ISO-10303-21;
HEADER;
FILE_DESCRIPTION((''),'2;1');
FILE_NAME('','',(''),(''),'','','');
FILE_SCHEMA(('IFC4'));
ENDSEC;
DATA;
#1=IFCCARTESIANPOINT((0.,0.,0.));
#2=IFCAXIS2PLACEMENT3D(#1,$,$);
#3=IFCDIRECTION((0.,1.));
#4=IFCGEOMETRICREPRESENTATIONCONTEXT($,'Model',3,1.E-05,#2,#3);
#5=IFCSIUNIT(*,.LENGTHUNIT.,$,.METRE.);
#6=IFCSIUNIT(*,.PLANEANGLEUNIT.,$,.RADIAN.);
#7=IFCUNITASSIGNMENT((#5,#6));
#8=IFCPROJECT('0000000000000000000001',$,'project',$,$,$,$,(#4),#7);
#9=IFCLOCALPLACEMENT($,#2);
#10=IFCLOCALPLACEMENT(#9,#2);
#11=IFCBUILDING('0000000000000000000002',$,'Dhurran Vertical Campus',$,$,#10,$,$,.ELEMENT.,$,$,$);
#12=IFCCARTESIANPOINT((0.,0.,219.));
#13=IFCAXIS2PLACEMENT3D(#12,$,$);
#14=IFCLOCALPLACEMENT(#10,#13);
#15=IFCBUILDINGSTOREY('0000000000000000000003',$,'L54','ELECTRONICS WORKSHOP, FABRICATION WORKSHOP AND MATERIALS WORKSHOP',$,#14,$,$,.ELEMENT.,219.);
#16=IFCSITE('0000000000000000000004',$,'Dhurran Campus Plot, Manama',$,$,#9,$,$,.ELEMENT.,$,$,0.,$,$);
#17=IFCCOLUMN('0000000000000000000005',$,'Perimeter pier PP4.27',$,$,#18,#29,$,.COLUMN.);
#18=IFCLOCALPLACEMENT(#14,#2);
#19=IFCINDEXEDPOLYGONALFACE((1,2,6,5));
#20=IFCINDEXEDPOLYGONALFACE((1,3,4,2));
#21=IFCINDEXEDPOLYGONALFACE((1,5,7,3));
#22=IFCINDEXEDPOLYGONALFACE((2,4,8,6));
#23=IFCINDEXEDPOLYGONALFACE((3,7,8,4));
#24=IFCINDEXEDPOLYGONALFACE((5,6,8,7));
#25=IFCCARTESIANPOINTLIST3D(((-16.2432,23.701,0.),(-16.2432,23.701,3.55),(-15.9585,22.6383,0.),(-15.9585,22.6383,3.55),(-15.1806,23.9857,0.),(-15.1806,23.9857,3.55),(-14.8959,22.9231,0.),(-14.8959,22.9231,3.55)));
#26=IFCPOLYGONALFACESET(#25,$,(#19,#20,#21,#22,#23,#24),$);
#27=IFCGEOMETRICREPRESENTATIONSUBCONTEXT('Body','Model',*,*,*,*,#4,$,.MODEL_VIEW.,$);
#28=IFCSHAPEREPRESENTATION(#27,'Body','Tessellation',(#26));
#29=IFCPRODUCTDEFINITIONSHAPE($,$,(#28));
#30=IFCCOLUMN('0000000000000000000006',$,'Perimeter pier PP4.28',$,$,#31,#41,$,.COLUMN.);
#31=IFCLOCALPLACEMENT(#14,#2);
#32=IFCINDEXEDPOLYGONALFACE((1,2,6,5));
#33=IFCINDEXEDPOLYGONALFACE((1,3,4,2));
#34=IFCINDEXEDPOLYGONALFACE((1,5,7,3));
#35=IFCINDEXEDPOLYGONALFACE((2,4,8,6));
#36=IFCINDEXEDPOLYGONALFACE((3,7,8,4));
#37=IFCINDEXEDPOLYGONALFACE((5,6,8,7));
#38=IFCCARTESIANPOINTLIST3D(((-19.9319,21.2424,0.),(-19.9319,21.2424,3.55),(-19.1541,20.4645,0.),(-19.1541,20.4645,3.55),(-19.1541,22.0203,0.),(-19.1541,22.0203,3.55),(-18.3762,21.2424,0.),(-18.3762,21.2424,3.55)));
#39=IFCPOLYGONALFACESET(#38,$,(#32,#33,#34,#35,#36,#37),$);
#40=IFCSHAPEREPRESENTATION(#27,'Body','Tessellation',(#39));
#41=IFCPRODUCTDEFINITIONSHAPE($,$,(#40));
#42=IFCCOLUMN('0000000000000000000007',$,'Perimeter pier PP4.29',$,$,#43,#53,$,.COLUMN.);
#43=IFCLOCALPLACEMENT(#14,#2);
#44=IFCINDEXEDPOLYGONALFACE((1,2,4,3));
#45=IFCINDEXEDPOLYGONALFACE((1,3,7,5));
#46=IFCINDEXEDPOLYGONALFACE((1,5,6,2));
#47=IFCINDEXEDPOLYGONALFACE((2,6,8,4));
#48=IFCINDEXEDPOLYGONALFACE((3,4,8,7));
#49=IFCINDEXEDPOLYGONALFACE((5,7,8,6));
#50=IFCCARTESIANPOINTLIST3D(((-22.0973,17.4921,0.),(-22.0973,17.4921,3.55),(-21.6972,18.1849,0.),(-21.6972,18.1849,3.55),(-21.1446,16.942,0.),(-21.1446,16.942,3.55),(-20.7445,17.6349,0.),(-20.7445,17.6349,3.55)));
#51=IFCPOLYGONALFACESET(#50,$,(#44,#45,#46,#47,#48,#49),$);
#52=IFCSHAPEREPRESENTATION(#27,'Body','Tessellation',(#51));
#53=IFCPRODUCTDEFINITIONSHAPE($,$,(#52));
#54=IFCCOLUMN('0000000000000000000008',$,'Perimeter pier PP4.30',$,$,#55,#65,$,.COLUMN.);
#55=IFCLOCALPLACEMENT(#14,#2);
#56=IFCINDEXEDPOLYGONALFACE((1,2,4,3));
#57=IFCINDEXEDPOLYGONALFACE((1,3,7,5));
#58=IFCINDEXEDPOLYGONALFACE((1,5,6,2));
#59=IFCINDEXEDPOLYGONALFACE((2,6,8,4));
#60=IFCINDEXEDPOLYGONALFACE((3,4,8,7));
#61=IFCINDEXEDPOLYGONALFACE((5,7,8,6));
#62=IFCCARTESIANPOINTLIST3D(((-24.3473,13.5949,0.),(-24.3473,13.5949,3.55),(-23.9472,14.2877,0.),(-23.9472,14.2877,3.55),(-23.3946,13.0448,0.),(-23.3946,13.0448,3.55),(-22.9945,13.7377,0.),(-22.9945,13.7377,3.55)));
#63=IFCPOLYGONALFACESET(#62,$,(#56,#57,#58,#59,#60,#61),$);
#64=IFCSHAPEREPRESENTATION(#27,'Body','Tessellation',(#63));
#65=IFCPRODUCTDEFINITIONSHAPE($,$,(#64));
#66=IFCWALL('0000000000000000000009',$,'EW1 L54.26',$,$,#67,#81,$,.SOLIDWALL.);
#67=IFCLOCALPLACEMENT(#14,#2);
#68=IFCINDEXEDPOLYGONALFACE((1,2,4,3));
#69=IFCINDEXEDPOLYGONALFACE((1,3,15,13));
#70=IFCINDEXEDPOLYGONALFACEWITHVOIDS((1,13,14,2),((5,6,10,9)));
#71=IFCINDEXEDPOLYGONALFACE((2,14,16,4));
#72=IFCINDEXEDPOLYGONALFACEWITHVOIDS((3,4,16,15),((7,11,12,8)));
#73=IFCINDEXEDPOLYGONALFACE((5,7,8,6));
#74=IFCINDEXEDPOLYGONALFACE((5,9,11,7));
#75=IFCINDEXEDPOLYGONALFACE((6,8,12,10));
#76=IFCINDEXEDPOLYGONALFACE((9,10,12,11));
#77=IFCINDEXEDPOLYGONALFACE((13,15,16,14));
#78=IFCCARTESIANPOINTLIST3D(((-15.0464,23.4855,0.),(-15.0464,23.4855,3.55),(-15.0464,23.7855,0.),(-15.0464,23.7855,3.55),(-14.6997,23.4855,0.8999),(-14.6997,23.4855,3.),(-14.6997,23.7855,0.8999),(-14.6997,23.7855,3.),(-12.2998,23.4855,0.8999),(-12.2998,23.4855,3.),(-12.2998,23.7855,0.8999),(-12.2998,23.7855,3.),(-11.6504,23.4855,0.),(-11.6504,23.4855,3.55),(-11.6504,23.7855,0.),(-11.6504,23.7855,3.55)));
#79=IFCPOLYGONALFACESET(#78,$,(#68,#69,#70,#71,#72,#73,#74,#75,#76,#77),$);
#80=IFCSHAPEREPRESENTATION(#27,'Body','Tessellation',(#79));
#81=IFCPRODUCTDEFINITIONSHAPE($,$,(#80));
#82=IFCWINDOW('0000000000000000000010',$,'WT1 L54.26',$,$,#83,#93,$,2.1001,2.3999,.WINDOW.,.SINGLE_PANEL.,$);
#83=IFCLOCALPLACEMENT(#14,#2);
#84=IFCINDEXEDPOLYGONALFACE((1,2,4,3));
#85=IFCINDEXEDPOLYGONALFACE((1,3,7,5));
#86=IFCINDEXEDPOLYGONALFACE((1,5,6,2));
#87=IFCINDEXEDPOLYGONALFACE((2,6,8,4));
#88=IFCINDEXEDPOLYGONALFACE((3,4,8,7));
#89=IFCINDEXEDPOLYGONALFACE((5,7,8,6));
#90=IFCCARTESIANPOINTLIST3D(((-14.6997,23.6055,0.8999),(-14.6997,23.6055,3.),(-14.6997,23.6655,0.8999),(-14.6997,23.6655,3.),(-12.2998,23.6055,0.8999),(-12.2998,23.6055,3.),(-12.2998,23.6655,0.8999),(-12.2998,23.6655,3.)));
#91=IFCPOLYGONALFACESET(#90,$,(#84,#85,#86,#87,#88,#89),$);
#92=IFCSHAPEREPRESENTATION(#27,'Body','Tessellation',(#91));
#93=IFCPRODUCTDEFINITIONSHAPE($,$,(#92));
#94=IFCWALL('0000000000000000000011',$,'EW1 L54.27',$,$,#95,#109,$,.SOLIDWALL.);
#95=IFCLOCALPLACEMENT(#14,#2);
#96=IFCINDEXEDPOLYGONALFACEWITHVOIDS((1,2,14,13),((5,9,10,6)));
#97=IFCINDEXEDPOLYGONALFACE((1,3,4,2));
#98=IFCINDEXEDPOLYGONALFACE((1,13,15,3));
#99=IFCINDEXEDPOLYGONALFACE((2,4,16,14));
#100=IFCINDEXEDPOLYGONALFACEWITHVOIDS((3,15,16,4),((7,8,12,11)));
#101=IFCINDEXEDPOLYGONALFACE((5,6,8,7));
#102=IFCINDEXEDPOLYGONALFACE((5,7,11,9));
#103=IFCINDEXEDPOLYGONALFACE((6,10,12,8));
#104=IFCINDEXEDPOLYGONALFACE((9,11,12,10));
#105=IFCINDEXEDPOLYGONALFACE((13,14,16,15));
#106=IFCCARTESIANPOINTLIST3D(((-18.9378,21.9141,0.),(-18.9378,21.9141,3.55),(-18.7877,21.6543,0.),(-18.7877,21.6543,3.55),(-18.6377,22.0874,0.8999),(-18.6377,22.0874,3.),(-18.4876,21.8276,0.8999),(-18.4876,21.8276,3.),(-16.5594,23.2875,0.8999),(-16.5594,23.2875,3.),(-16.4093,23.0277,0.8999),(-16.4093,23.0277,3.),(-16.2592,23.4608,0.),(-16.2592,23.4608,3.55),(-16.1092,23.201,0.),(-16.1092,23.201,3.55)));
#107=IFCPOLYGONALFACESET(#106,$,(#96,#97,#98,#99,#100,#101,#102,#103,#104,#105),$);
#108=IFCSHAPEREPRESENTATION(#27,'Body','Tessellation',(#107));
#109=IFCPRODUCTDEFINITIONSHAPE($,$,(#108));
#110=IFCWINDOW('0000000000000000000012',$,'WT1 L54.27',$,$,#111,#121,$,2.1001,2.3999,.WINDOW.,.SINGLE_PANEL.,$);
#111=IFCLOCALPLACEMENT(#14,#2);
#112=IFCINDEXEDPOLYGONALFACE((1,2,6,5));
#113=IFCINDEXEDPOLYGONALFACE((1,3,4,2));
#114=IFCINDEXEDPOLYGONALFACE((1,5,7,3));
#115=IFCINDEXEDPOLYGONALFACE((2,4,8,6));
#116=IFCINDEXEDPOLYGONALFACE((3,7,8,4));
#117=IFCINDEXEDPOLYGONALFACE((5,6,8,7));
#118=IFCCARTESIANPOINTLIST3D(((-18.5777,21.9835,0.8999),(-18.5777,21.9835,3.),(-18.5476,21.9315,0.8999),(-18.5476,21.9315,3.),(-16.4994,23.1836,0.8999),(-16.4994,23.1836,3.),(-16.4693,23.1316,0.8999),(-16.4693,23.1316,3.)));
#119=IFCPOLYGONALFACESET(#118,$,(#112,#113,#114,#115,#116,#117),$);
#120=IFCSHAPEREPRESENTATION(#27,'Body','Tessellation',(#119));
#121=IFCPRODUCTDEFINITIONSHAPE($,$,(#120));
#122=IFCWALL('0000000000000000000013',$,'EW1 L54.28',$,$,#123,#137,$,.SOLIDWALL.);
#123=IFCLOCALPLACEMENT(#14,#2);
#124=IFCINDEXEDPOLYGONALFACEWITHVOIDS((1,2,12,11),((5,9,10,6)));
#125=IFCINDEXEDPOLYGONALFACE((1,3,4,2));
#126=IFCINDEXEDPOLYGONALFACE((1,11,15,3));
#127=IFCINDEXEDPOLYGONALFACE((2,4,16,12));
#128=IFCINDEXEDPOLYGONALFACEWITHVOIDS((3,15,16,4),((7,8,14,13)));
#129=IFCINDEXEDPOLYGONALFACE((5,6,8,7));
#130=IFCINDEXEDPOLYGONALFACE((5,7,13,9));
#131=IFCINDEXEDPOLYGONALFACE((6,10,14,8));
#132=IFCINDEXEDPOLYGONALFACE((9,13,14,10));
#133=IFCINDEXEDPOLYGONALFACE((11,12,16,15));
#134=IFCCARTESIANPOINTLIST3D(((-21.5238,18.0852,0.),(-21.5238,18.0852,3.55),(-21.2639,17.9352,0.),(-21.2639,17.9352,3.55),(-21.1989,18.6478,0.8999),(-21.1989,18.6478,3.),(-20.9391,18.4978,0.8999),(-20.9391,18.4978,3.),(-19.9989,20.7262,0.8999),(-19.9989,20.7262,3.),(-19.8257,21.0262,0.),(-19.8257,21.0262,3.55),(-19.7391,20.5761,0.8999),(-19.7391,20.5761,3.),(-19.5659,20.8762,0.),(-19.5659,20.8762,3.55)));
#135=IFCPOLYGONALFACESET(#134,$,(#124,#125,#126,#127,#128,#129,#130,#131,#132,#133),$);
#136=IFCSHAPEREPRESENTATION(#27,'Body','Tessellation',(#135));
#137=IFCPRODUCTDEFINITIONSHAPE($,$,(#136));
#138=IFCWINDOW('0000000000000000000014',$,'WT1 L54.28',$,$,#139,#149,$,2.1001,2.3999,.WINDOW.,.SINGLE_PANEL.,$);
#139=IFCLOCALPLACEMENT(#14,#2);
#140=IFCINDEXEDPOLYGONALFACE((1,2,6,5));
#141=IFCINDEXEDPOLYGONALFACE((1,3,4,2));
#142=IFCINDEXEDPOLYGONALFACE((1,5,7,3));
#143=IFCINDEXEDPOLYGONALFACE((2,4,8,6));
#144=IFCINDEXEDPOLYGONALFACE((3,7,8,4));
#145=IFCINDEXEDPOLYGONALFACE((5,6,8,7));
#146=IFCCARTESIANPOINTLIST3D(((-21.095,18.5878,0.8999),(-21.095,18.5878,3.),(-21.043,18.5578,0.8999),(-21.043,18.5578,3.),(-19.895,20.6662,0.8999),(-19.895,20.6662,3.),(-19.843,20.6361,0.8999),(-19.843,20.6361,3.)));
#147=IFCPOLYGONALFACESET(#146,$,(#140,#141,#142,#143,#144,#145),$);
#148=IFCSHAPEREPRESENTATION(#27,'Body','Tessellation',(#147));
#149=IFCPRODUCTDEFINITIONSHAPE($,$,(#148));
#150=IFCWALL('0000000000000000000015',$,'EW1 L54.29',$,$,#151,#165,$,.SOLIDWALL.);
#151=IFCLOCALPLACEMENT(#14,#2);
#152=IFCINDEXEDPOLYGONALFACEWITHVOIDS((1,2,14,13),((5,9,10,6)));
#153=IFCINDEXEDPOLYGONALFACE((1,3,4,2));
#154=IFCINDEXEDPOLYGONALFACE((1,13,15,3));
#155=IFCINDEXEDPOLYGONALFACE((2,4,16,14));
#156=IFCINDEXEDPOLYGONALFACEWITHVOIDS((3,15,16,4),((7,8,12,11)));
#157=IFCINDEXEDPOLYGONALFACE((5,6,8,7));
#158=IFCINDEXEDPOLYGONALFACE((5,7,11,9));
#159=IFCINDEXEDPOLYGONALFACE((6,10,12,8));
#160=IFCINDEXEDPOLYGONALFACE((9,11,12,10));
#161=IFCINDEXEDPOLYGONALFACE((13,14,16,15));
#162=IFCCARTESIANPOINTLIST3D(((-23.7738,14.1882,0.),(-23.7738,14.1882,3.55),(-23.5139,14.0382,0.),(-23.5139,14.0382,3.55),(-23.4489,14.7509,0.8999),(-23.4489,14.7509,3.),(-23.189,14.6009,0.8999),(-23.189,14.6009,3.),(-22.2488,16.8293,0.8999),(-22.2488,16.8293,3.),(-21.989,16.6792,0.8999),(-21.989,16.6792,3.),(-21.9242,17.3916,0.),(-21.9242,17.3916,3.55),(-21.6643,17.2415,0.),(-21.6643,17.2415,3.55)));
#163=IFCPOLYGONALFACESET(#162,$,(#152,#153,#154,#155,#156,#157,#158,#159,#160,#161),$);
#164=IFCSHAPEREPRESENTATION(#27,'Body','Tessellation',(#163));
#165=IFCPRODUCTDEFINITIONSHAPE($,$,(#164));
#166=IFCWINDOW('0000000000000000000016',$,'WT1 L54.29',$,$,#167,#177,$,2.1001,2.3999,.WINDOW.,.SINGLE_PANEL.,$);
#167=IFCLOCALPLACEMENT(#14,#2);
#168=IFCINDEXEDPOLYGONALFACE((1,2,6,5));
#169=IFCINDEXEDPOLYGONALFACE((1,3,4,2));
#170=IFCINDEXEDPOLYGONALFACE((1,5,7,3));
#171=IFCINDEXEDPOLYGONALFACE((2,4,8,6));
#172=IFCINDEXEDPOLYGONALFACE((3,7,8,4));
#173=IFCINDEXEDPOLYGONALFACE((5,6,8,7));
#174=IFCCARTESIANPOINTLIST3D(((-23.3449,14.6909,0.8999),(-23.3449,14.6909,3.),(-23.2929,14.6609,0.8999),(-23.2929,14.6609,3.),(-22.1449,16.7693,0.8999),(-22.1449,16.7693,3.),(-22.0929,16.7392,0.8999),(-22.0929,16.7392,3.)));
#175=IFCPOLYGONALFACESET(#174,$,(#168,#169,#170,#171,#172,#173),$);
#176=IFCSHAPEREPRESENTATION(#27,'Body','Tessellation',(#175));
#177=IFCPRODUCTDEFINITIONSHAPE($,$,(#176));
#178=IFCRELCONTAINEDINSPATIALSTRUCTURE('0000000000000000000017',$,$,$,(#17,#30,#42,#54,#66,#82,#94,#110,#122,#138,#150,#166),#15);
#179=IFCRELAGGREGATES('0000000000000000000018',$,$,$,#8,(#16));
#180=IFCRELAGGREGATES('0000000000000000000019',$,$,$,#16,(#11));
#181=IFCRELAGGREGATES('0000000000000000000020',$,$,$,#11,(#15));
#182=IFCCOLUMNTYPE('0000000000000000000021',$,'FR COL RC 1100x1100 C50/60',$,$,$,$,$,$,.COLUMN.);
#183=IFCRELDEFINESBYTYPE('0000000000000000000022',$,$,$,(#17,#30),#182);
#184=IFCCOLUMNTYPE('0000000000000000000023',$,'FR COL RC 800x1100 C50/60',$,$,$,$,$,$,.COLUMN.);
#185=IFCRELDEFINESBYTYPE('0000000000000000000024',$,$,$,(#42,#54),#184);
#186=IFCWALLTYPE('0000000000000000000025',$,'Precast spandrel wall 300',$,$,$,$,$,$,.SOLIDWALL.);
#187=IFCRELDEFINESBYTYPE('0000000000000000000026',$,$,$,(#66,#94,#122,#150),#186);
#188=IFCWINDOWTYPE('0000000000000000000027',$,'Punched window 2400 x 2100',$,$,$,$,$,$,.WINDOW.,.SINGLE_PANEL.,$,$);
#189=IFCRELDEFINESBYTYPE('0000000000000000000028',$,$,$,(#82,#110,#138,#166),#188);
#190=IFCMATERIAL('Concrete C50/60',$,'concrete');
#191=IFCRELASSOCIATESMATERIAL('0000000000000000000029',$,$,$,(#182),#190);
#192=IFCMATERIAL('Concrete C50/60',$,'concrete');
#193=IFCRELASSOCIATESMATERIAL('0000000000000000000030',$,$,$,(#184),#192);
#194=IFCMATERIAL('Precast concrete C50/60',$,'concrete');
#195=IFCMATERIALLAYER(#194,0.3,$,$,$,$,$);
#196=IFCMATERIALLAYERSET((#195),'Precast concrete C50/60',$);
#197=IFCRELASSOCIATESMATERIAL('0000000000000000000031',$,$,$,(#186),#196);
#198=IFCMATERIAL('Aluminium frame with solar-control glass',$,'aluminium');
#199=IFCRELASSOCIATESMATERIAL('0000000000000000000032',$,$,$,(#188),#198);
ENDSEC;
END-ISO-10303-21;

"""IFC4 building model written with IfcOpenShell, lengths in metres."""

from ifc_helpers import new_model, si_unit, direction, frame, frame_2d, origin, origin_2d, place, context, subcontext, project, spatial, rectangle, extrude, material, layer, layer_set, material_profile, profile_set, type_object, element, fill, save


model = new_model("IFC4")

# Units and contexts
model_context = context("Model", 3, precision=1e-05, world=origin(), true_north=direction((0.0, 1.0)))
body_context = subcontext(model_context, "Body", "Model", "MODEL_VIEW")
ifc_project = project(units=[si_unit("LENGTHUNIT", "METRE"), si_unit("PLANEANGLEUNIT", "RADIAN")], contexts=[model_context])

# Site, building, storey
site_placement = place(None, origin())
site = spatial("IfcSite", under=ifc_project, at=site_placement, Name="Dhurran Campus Plot, Manama", CompositionType="ELEMENT", RefElevation=0.0)
building_placement = place(site_placement, origin())
building = spatial("IfcBuilding", under=site, at=building_placement, Name="Dhurran Vertical Campus", CompositionType="ELEMENT")
storey_placement = place(building_placement, frame((0.0, 0.0, 219.0)))
storey = spatial("IfcBuildingStorey", under=building, at=storey_placement, Name="L54", Description="ELECTRONICS WORKSHOP, FABRICATION WORKSHOP AND MATERIALS WORKSHOP", CompositionType="ELEMENT", Elevation=219.0)

# Columns
ifc_material_1 = material(Name="Concrete C50/60", Category="concrete")
ifc_material_profile_1 = material_profile(ifc_material_1, rectangle(XDim=1.1001, YDim=1.1001, at=origin_2d()), Name="RC 1100x1100")
ifc_profile_set_1 = profile_set([ifc_material_profile_1], Name="Concrete C50/60")
column_type_1 = type_object("IfcColumnType", Name="FR COL RC 1100x1100 C50/60", PredefinedType="COLUMN", material=ifc_profile_set_1)
for number, where, z_axis, x_axis, name in (
    (1, (-15.5696, 23.312, 0.0), (0.0, 0.0, 1.0), (-0.965926, -0.258819, 0.0), "Perimeter pier PP4.27"),
    (2, (-19.1541, 21.2424, 0.0), (0.0, 0.0, 1.0), (-0.707107, -0.707107, 0.0), "Perimeter pier PP4.28"),
):
    element("IfcColumn", number, at=place(storey_placement, frame(where, z_axis=z_axis, x_axis=x_axis)), inside=storey, type_object=column_type_1, Name=name, PredefinedType="COLUMN", context=body_context, shape_type="SweptSolid", body=[
        extrude(rectangle(XDim=1.1001, YDim=1.1001, at=origin_2d()), origin(), (0.0, 0.0, 1.0), 3.55),
    ])
ifc_material_2 = material(Name="Concrete C50/60", Category="concrete")
ifc_material_profile_2 = material_profile(ifc_material_2, rectangle(XDim=0.8, YDim=1.1001, at=origin_2d()), Name="RC 800x1100")
ifc_profile_set_2 = profile_set([ifc_material_profile_2], Name="Concrete C50/60")
column_type_2 = type_object("IfcColumnType", Name="FR COL RC 800x1100 C50/60", PredefinedType="COLUMN", material=ifc_profile_set_2)
for number, where, z_axis, x_axis, name in (
    (3, (-21.4209, 17.5635, 0.0), (0.0, 0.0, 1.0), (-0.5, -0.866025, 0.0), "Perimeter pier PP4.29"),
    (4, (-23.6709, 13.6663, 0.0), (0.0, 0.0, 1.0), (-0.5, -0.866025, 0.0), "Perimeter pier PP4.30"),
):
    element("IfcColumn", number, at=place(storey_placement, frame(where, z_axis=z_axis, x_axis=x_axis)), inside=storey, type_object=column_type_2, Name=name, PredefinedType="COLUMN", context=body_context, shape_type="SweptSolid", body=[
        extrude(rectangle(XDim=0.8, YDim=1.1001, at=origin_2d()), origin(), (0.0, 0.0, 1.0), 3.55),
    ])

# Walls, openings, windows
ifc_material_3 = material(Name="Precast concrete C50/60", Category="concrete")
ifc_layer_1 = layer(ifc_material_3, 0.3)
ifc_layer_set_1 = layer_set([ifc_layer_1], Name="Precast concrete C50/60")
wall_type_1 = type_object("IfcWallType", Name="Precast spandrel wall 300", PredefinedType="SOLIDWALL", material=ifc_layer_set_1)
wall_1_placement = place(storey_placement, frame((-11.6504, 23.6355, 0.0), z_axis=(0.0, 0.0, 1.0), x_axis=(-1.0, 0.0, 0.0)))
wall_1 = element("IfcWall", 5, at=wall_1_placement, inside=storey, type_object=wall_type_1, Name="EW1 L54.26", PredefinedType="SOLIDWALL", context=body_context, shape_type="SweptSolid", body=[
    extrude(rectangle(XDim=3.396, YDim=0.3, at=frame_2d((1.698, 0.0))), origin(), (0.0, 0.0, 1.0), 3.55),
])
opening_1_placement = place(wall_1_placement, frame((0.6494, 0.0, 0.8999)))
opening_1 = element("IfcOpeningElement", 6, at=opening_1_placement, cuts=wall_1, PredefinedType="OPENING", context=body_context, shape_type="SweptSolid", body=[
    extrude(rectangle(XDim=2.3999, YDim=2.1001, at=frame_2d((1.2, 1.05))), frame((0.0, 0.1599, 0.0), z_axis=(0.0, -1.0, 0.0), x_axis=(1.0, 0.0, 0.0)), (0.0, 0.0, 1.0), 0.3201),
])
ifc_material_4 = material(Name="Aluminium frame with solar-control glass", Category="aluminium")
window_type = type_object("IfcWindowType", Name="Punched window 2400 x 2100", PartitioningType="SINGLE_PANEL", PredefinedType="WINDOW", material=ifc_material_4)
window_1_placement = place(opening_1_placement, origin())
window_1 = element("IfcWindow", 7, at=window_1_placement, inside=storey, type_object=window_type, Name="WT1 L54.26", OverallHeight=2.1001, OverallWidth=2.3999, PartitioningType="SINGLE_PANEL", PredefinedType="WINDOW", context=body_context, shape_type="SweptSolid", body=[
    extrude(rectangle(XDim=2.3999, YDim=2.1001, at=frame_2d((1.2, 1.05))), frame((0.0, 0.03, 0.0), z_axis=(0.0, -1.0, 0.0), x_axis=(1.0, 0.0, 0.0)), (0.0, 0.0, 1.0), 0.0601),
])
fill(opening_1, window_1)
wall_2_placement = place(storey_placement, frame((-16.1843, 23.3308, 0.0), z_axis=(0.0, 0.0, 1.0), x_axis=(-0.865995, -0.500053, 0.0)))
wall_2 = element("IfcWall", 8, at=wall_2_placement, inside=storey, type_object=wall_type_1, Name="EW1 L54.27", PredefinedType="SOLIDWALL", context=body_context, shape_type="SweptSolid", body=[
    extrude(rectangle(XDim=3.093, YDim=0.3, at=frame_2d((1.5464, 0.0))), origin(), (0.0, 0.0, 1.0), 3.55),
])
opening_2_placement = place(wall_2_placement, frame((0.3464, 0.0, 0.8999)))
opening_2 = element("IfcOpeningElement", 9, at=opening_2_placement, cuts=wall_2, PredefinedType="OPENING", context=body_context, shape_type="SweptSolid", body=[
    extrude(rectangle(XDim=2.3999, YDim=2.1001, at=frame_2d((1.2, 1.05))), frame((0.0, 0.1599, 0.0), z_axis=(0.0, -1.0, 0.0), x_axis=(1.0, 0.0, 0.0)), (0.0, 0.0, 1.0), 0.3201),
])
window_2_placement = place(opening_2_placement, origin())
window_2 = element("IfcWindow", 10, at=window_2_placement, inside=storey, type_object=window_type, Name="WT1 L54.27", OverallHeight=2.1001, OverallWidth=2.3999, PartitioningType="SINGLE_PANEL", PredefinedType="WINDOW", context=body_context, shape_type="SweptSolid", body=[
    extrude(rectangle(XDim=2.3999, YDim=2.1001, at=frame_2d((1.2, 1.05))), frame((0.0, 0.03, 0.0), z_axis=(0.0, -1.0, 0.0), x_axis=(1.0, 0.0, 0.0)), (0.0, 0.0, 1.0), 0.0601),
])
fill(opening_2, window_2)
wall_3_placement = place(storey_placement, frame((-19.6958, 20.9512, 0.0), z_axis=(0.0, 0.0, 1.0), x_axis=(-0.500013, -0.866018, 0.0)))
wall_3 = element("IfcWall", 11, at=wall_3_placement, inside=storey, type_object=wall_type_1, Name="EW1 L54.28", PredefinedType="SOLIDWALL", context=body_context, shape_type="SweptSolid", body=[
    extrude(rectangle(XDim=3.396, YDim=0.3, at=frame_2d((1.698, 0.0))), origin(), (0.0, 0.0, 1.0), 3.55),
])
opening_3_placement = place(wall_3_placement, frame((0.3464, 0.0, 0.8999)))
opening_3 = element("IfcOpeningElement", 12, at=opening_3_placement, cuts=wall_3, PredefinedType="OPENING", context=body_context, shape_type="SweptSolid", body=[
    extrude(rectangle(XDim=2.3999, YDim=2.1001, at=frame_2d((1.2, 1.05))), frame((0.0, 0.1599, 0.0), z_axis=(0.0, -1.0, 0.0), x_axis=(1.0, 0.0, 0.0)), (0.0, 0.0, 1.0), 0.3201),
])
window_3_placement = place(opening_3_placement, origin())
window_3 = element("IfcWindow", 13, at=window_3_placement, inside=storey, type_object=window_type, Name="WT1 L54.28", OverallHeight=2.1001, OverallWidth=2.3999, PartitioningType="SINGLE_PANEL", PredefinedType="WINDOW", context=body_context, shape_type="SweptSolid", body=[
    extrude(rectangle(XDim=2.3999, YDim=2.1001, at=frame_2d((1.2, 1.05))), frame((0.0, 0.03, 0.0), z_axis=(0.0, -1.0, 0.0), x_axis=(1.0, 0.0, 0.0)), (0.0, 0.0, 1.0), 0.0601),
])
fill(opening_3, window_3)
wall_4_placement = place(storey_placement, frame((-21.7942, 17.3167, 0.0), z_axis=(0.0, 0.0, 1.0), x_axis=(-0.500029, -0.866009, 0.0)))
wall_4 = element("IfcWall", 14, at=wall_4_placement, inside=storey, type_object=wall_type_1, Name="EW1 L54.29", PredefinedType="SOLIDWALL", context=body_context, shape_type="SweptSolid", body=[
    extrude(rectangle(XDim=3.699, YDim=0.3, at=frame_2d((1.8496, 0.0))), origin(), (0.0, 0.0, 1.0), 3.55),
])
opening_4_placement = place(wall_4_placement, frame((0.6494, 0.0, 0.8999)))
opening_4 = element("IfcOpeningElement", 15, at=opening_4_placement, cuts=wall_4, PredefinedType="OPENING", context=body_context, shape_type="SweptSolid", body=[
    extrude(rectangle(XDim=2.3999, YDim=2.1001, at=frame_2d((1.2, 1.05))), frame((0.0, 0.1599, 0.0), z_axis=(0.0, -1.0, 0.0), x_axis=(1.0, 0.0, 0.0)), (0.0, 0.0, 1.0), 0.3201),
])
window_4_placement = place(opening_4_placement, origin())
window_4 = element("IfcWindow", 16, at=window_4_placement, inside=storey, type_object=window_type, Name="WT1 L54.29", OverallHeight=2.1001, OverallWidth=2.3999, PartitioningType="SINGLE_PANEL", PredefinedType="WINDOW", context=body_context, shape_type="SweptSolid", body=[
    extrude(rectangle(XDim=2.3999, YDim=2.1001, at=frame_2d((1.2, 1.05))), frame((0.0, 0.03, 0.0), z_axis=(0.0, -1.0, 0.0), x_axis=(1.0, 0.0, 0.0)), (0.0, 0.0, 1.0), 0.0601),
])
fill(opening_4, window_4)

save(model, "model.ifc")
